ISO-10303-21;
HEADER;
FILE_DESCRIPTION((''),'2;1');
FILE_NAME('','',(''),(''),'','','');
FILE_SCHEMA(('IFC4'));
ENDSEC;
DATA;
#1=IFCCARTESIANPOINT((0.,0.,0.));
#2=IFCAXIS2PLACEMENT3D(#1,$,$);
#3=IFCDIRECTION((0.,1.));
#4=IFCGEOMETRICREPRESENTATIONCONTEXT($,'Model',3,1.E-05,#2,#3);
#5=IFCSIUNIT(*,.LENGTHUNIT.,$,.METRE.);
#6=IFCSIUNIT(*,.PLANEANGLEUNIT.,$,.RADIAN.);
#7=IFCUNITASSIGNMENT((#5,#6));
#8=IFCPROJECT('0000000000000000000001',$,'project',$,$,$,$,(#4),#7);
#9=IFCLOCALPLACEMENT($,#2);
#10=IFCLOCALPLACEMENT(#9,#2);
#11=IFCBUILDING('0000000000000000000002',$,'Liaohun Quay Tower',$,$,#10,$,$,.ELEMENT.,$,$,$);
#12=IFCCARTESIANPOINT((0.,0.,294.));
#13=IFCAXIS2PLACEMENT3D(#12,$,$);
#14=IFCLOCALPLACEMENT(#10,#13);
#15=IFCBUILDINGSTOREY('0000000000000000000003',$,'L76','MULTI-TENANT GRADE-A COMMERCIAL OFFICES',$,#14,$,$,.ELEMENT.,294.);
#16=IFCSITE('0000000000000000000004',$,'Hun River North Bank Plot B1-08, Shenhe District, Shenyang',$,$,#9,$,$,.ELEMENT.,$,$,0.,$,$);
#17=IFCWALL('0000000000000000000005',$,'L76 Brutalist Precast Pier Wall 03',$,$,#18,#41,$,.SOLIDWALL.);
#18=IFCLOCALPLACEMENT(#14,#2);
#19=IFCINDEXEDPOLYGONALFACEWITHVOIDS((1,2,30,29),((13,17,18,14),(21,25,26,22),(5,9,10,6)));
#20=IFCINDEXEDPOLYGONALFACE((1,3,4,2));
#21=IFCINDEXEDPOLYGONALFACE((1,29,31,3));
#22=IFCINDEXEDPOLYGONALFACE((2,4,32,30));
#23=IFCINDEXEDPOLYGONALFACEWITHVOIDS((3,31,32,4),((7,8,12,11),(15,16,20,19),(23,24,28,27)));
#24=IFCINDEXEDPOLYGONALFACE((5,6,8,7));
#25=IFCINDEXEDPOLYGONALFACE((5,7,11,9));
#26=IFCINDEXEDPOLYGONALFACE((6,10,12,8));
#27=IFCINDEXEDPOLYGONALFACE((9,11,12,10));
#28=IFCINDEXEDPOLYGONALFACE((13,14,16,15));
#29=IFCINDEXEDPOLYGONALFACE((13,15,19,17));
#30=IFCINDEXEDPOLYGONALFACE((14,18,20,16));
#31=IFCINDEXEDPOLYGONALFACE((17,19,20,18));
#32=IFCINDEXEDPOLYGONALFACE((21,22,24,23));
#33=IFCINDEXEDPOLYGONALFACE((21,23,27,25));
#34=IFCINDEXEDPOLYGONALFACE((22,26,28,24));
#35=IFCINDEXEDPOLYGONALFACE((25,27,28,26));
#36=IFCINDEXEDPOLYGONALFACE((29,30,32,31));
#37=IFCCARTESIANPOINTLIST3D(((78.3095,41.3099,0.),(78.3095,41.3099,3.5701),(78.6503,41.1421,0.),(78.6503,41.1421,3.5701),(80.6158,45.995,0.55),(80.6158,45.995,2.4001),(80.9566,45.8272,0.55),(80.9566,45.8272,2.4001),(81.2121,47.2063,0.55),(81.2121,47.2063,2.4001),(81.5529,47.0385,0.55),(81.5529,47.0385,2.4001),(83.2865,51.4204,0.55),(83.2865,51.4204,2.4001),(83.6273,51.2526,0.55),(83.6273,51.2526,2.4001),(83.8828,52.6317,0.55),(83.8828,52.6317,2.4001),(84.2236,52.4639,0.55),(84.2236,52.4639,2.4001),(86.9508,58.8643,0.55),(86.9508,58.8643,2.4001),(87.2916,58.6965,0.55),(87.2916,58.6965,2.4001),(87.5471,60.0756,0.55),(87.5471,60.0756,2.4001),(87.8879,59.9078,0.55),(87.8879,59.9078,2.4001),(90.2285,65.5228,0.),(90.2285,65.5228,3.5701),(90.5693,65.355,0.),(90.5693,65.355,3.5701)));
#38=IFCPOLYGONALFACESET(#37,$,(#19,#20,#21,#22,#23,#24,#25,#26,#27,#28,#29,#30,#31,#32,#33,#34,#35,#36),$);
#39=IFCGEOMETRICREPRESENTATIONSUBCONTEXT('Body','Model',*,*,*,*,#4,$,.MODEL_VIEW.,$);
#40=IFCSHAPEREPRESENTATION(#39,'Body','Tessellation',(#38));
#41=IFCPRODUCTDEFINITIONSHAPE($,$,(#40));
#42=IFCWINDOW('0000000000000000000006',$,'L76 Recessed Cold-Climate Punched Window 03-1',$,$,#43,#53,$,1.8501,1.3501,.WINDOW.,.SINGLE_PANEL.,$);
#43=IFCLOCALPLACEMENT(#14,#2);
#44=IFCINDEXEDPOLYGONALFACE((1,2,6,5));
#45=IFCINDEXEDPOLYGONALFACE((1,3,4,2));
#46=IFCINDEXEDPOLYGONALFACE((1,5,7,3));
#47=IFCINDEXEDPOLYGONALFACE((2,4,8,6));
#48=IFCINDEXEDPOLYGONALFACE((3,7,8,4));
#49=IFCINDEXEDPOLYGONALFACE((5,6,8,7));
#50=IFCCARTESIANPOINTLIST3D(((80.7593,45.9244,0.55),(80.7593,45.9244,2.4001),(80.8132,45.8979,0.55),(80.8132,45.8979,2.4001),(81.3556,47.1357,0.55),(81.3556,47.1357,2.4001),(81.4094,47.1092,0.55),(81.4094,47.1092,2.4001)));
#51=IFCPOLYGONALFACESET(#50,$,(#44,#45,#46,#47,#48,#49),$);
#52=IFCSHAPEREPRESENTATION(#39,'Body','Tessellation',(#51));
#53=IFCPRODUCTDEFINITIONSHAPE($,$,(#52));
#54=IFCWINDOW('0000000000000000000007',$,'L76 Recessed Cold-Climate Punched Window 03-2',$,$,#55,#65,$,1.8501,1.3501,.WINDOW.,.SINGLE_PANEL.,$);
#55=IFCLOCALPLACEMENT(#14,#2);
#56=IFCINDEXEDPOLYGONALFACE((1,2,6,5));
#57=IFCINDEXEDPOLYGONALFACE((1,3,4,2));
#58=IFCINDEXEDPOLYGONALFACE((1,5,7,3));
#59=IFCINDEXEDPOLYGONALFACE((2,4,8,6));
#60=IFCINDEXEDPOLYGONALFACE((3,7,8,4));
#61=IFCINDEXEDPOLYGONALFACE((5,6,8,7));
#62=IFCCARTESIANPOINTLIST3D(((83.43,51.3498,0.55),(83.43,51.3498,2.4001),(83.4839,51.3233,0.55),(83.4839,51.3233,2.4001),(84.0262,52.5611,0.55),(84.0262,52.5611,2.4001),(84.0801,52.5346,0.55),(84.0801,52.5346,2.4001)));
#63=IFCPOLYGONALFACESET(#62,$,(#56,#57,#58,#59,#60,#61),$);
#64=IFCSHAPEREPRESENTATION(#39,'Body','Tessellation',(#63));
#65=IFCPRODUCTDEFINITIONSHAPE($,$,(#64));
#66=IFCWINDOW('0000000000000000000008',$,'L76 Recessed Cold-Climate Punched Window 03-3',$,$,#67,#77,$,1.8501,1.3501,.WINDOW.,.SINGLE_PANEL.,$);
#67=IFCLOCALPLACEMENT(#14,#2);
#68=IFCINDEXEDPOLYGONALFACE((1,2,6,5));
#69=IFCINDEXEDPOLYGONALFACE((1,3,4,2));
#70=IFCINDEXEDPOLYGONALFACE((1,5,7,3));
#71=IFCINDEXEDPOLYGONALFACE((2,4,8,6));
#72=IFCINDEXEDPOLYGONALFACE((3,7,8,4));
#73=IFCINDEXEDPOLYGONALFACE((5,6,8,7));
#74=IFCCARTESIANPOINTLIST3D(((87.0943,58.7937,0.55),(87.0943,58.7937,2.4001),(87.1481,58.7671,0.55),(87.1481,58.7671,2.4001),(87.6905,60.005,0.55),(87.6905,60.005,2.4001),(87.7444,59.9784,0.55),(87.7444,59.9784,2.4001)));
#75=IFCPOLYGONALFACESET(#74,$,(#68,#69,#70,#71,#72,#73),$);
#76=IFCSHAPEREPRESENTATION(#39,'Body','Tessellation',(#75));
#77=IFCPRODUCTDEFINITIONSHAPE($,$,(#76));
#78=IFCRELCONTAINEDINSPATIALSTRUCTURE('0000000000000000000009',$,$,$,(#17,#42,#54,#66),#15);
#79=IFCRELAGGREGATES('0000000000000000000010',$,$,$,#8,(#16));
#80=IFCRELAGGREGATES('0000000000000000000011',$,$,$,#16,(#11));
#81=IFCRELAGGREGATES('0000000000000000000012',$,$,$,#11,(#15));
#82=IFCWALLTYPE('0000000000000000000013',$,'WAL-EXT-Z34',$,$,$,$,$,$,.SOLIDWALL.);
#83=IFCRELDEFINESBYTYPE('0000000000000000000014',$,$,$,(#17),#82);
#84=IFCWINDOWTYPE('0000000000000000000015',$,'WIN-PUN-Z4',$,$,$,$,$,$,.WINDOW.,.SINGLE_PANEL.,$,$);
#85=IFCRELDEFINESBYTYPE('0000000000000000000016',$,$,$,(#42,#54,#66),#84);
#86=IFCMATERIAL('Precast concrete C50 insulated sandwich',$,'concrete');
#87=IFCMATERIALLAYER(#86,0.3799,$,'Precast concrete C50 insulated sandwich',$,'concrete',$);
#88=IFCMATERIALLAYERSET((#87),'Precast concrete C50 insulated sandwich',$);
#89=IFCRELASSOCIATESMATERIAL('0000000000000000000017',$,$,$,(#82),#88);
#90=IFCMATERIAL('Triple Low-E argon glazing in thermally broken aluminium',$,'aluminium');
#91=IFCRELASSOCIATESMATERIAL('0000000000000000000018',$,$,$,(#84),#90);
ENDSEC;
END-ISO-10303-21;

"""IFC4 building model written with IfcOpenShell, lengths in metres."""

from ifc_helpers import new_model, si_unit, direction, frame, frame_2d, origin, place, context, subcontext, project, spatial, rectangle, extrude, source, transform, mapped, material, layer, layer_set, type_object, element, fill, save


model = new_model("IFC4")

# Units and contexts
model_context = context("Model", 3, precision=1e-05, world=origin(), true_north=direction((0.0, 1.0)))
body_context = subcontext(model_context, "Body", "Model", "MODEL_VIEW")
ifc_project = project(units=[si_unit("LENGTHUNIT", "METRE"), si_unit("PLANEANGLEUNIT", "RADIAN")], contexts=[model_context])

# Site, building, storey
site_placement = place(None, origin())
site = spatial("IfcSite", under=ifc_project, at=site_placement, Name="Hun River North Bank Plot B1-08, Shenhe District, Shenyang", CompositionType="ELEMENT", RefElevation=0.0)
building_placement = place(site_placement, origin())
building = spatial("IfcBuilding", under=site, at=building_placement, Name="Liaohun Quay Tower", CompositionType="ELEMENT")
storey_placement = place(building_placement, frame((0.0, 0.0, 294.0)))
storey = spatial("IfcBuildingStorey", under=building, at=storey_placement, Name="L76", Description="MULTI-TENANT GRADE-A COMMERCIAL OFFICES", CompositionType="ELEMENT", Elevation=294.0)

# Shared definitions
ifc_material_1 = material(Name="Precast concrete C50 insulated sandwich", Category="concrete")
ifc_layer_1 = layer(ifc_material_1, 0.3799, Name="Precast concrete C50 insulated sandwich", Category="concrete")
ifc_layer_set_1 = layer_set([ifc_layer_1], Name="Precast concrete C50 insulated sandwich")
wall_type_1 = type_object("IfcWallType", Name="WAL-EXT-Z34", PredefinedType="SOLIDWALL", material=ifc_layer_set_1)

# Wall, openings, windows
shared_shape_1 = source(origin(), body_context, "Body", "SweptSolid", [
    extrude(rectangle(XDim=1.3501, YDim=1.8501, at=frame_2d((0.675, 0.925))), frame((0.0, 0.2, 0.0), z_axis=(0.0, -1.0, 0.0), x_axis=(1.0, 0.0, 0.0)), (0.0, 0.0, 1.0), 0.3999),
])
ifc_material_2 = material(Name="Triple Low-E argon glazing in thermally broken aluminium", Category="aluminium")
window_type_1 = type_object("IfcWindowType", Name="WIN-PUN-Z4", PartitioningType="SINGLE_PANEL", PredefinedType="WINDOW", material=ifc_material_2)
shared_shape_2 = source(origin(), body_context, "Body", "SweptSolid", [
    extrude(rectangle(XDim=1.3501, YDim=1.8501, at=frame_2d((0.675, 0.925))), frame((0.0, 0.03, 0.0), z_axis=(0.0, -1.0, 0.0), x_axis=(1.0, 0.0, 0.0)), (0.0, 0.0, 1.0), 0.0601),
])
wall_1_placement = place(storey_placement, frame((78.48, 41.2261, 0.0), z_axis=(0.0, 0.0, 1.0), x_axis=(0.441647, 0.897189, 0.0)))
wall_1 = element("IfcWall", 1, at=wall_1_placement, inside=storey, type_object=wall_type_1, Name="L76 Brutalist Precast Pier Wall 03", PredefinedType="SOLIDWALL", context=body_context, shape_type="SweptSolid", body=[
    extrude(rectangle(XDim=26.9875, YDim=0.3799, at=frame_2d((13.4937, 0.0))), origin(), (0.0, 0.0, 1.0), 3.5701),
])
opening_1_placement = place(wall_1_placement, frame((5.2219, 0.0, 0.55)))
opening_1 = element("IfcOpeningElement", 2, at=opening_1_placement, cuts=wall_1, PredefinedType="OPENING", context=body_context, shape_type="MappedRepresentation", body=[
    mapped(shared_shape_1, transform((0.0, 0.0, 0.0), x_axis=(1.0, 0.0, 0.0), y_axis=(0.0, 1.0, 0.0), z_axis=(0.0, 0.0, 1.0), scale=1.0)),
])
opening_2_placement = place(wall_1_placement, frame((11.269, 0.0, 0.55)))
opening_2 = element("IfcOpeningElement", 3, at=opening_2_placement, cuts=wall_1, PredefinedType="OPENING", context=body_context, shape_type="MappedRepresentation", body=[
    mapped(shared_shape_1, transform((0.0, 0.0, 0.0), x_axis=(1.0, 0.0, 0.0), y_axis=(0.0, 1.0, 0.0), z_axis=(0.0, 0.0, 1.0), scale=1.0)),
])
opening_3_placement = place(wall_1_placement, frame((19.5659, 0.0, 0.55)))
opening_3 = element("IfcOpeningElement", 4, at=opening_3_placement, cuts=wall_1, PredefinedType="OPENING", context=body_context, shape_type="MappedRepresentation", body=[
    mapped(shared_shape_1, transform((0.0, 0.0, 0.0), x_axis=(1.0, 0.0, 0.0), y_axis=(0.0, 1.0, 0.0), z_axis=(0.0, 0.0, 1.0), scale=1.0)),
])
window_1_placement = place(opening_1_placement, origin())
window_1 = element("IfcWindow", 5, at=window_1_placement, inside=storey, type_object=window_type_1, Name="L76 Recessed Cold-Climate Punched Window 03-1", OverallHeight=1.8501, OverallWidth=1.3501, PartitioningType="SINGLE_PANEL", PredefinedType="WINDOW", context=body_context, shape_type="MappedRepresentation", body=[
    mapped(shared_shape_2, transform((0.0, 0.0, 0.0), x_axis=(1.0, 0.0, 0.0), y_axis=(0.0, 1.0, 0.0), z_axis=(0.0, 0.0, 1.0), scale=1.0)),
])
fill(opening_1, window_1)
window_2_placement = place(opening_2_placement, origin())
window_2 = element("IfcWindow", 6, at=window_2_placement, inside=storey, type_object=window_type_1, Name="L76 Recessed Cold-Climate Punched Window 03-2", OverallHeight=1.8501, OverallWidth=1.3501, PartitioningType="SINGLE_PANEL", PredefinedType="WINDOW", context=body_context, shape_type="MappedRepresentation", body=[
    mapped(shared_shape_2, transform((0.0, 0.0, 0.0), x_axis=(1.0, 0.0, 0.0), y_axis=(0.0, 1.0, 0.0), z_axis=(0.0, 0.0, 1.0), scale=1.0)),
])
fill(opening_2, window_2)
window_3_placement = place(opening_3_placement, origin())
window_3 = element("IfcWindow", 7, at=window_3_placement, inside=storey, type_object=window_type_1, Name="L76 Recessed Cold-Climate Punched Window 03-3", OverallHeight=1.8501, OverallWidth=1.3501, PartitioningType="SINGLE_PANEL", PredefinedType="WINDOW", context=body_context, shape_type="MappedRepresentation", body=[
    mapped(shared_shape_2, transform((0.0, 0.0, 0.0), x_axis=(1.0, 0.0, 0.0), y_axis=(0.0, 1.0, 0.0), z_axis=(0.0, 0.0, 1.0), scale=1.0)),
])
fill(opening_3, window_3)

save(model, "model.ifc")
